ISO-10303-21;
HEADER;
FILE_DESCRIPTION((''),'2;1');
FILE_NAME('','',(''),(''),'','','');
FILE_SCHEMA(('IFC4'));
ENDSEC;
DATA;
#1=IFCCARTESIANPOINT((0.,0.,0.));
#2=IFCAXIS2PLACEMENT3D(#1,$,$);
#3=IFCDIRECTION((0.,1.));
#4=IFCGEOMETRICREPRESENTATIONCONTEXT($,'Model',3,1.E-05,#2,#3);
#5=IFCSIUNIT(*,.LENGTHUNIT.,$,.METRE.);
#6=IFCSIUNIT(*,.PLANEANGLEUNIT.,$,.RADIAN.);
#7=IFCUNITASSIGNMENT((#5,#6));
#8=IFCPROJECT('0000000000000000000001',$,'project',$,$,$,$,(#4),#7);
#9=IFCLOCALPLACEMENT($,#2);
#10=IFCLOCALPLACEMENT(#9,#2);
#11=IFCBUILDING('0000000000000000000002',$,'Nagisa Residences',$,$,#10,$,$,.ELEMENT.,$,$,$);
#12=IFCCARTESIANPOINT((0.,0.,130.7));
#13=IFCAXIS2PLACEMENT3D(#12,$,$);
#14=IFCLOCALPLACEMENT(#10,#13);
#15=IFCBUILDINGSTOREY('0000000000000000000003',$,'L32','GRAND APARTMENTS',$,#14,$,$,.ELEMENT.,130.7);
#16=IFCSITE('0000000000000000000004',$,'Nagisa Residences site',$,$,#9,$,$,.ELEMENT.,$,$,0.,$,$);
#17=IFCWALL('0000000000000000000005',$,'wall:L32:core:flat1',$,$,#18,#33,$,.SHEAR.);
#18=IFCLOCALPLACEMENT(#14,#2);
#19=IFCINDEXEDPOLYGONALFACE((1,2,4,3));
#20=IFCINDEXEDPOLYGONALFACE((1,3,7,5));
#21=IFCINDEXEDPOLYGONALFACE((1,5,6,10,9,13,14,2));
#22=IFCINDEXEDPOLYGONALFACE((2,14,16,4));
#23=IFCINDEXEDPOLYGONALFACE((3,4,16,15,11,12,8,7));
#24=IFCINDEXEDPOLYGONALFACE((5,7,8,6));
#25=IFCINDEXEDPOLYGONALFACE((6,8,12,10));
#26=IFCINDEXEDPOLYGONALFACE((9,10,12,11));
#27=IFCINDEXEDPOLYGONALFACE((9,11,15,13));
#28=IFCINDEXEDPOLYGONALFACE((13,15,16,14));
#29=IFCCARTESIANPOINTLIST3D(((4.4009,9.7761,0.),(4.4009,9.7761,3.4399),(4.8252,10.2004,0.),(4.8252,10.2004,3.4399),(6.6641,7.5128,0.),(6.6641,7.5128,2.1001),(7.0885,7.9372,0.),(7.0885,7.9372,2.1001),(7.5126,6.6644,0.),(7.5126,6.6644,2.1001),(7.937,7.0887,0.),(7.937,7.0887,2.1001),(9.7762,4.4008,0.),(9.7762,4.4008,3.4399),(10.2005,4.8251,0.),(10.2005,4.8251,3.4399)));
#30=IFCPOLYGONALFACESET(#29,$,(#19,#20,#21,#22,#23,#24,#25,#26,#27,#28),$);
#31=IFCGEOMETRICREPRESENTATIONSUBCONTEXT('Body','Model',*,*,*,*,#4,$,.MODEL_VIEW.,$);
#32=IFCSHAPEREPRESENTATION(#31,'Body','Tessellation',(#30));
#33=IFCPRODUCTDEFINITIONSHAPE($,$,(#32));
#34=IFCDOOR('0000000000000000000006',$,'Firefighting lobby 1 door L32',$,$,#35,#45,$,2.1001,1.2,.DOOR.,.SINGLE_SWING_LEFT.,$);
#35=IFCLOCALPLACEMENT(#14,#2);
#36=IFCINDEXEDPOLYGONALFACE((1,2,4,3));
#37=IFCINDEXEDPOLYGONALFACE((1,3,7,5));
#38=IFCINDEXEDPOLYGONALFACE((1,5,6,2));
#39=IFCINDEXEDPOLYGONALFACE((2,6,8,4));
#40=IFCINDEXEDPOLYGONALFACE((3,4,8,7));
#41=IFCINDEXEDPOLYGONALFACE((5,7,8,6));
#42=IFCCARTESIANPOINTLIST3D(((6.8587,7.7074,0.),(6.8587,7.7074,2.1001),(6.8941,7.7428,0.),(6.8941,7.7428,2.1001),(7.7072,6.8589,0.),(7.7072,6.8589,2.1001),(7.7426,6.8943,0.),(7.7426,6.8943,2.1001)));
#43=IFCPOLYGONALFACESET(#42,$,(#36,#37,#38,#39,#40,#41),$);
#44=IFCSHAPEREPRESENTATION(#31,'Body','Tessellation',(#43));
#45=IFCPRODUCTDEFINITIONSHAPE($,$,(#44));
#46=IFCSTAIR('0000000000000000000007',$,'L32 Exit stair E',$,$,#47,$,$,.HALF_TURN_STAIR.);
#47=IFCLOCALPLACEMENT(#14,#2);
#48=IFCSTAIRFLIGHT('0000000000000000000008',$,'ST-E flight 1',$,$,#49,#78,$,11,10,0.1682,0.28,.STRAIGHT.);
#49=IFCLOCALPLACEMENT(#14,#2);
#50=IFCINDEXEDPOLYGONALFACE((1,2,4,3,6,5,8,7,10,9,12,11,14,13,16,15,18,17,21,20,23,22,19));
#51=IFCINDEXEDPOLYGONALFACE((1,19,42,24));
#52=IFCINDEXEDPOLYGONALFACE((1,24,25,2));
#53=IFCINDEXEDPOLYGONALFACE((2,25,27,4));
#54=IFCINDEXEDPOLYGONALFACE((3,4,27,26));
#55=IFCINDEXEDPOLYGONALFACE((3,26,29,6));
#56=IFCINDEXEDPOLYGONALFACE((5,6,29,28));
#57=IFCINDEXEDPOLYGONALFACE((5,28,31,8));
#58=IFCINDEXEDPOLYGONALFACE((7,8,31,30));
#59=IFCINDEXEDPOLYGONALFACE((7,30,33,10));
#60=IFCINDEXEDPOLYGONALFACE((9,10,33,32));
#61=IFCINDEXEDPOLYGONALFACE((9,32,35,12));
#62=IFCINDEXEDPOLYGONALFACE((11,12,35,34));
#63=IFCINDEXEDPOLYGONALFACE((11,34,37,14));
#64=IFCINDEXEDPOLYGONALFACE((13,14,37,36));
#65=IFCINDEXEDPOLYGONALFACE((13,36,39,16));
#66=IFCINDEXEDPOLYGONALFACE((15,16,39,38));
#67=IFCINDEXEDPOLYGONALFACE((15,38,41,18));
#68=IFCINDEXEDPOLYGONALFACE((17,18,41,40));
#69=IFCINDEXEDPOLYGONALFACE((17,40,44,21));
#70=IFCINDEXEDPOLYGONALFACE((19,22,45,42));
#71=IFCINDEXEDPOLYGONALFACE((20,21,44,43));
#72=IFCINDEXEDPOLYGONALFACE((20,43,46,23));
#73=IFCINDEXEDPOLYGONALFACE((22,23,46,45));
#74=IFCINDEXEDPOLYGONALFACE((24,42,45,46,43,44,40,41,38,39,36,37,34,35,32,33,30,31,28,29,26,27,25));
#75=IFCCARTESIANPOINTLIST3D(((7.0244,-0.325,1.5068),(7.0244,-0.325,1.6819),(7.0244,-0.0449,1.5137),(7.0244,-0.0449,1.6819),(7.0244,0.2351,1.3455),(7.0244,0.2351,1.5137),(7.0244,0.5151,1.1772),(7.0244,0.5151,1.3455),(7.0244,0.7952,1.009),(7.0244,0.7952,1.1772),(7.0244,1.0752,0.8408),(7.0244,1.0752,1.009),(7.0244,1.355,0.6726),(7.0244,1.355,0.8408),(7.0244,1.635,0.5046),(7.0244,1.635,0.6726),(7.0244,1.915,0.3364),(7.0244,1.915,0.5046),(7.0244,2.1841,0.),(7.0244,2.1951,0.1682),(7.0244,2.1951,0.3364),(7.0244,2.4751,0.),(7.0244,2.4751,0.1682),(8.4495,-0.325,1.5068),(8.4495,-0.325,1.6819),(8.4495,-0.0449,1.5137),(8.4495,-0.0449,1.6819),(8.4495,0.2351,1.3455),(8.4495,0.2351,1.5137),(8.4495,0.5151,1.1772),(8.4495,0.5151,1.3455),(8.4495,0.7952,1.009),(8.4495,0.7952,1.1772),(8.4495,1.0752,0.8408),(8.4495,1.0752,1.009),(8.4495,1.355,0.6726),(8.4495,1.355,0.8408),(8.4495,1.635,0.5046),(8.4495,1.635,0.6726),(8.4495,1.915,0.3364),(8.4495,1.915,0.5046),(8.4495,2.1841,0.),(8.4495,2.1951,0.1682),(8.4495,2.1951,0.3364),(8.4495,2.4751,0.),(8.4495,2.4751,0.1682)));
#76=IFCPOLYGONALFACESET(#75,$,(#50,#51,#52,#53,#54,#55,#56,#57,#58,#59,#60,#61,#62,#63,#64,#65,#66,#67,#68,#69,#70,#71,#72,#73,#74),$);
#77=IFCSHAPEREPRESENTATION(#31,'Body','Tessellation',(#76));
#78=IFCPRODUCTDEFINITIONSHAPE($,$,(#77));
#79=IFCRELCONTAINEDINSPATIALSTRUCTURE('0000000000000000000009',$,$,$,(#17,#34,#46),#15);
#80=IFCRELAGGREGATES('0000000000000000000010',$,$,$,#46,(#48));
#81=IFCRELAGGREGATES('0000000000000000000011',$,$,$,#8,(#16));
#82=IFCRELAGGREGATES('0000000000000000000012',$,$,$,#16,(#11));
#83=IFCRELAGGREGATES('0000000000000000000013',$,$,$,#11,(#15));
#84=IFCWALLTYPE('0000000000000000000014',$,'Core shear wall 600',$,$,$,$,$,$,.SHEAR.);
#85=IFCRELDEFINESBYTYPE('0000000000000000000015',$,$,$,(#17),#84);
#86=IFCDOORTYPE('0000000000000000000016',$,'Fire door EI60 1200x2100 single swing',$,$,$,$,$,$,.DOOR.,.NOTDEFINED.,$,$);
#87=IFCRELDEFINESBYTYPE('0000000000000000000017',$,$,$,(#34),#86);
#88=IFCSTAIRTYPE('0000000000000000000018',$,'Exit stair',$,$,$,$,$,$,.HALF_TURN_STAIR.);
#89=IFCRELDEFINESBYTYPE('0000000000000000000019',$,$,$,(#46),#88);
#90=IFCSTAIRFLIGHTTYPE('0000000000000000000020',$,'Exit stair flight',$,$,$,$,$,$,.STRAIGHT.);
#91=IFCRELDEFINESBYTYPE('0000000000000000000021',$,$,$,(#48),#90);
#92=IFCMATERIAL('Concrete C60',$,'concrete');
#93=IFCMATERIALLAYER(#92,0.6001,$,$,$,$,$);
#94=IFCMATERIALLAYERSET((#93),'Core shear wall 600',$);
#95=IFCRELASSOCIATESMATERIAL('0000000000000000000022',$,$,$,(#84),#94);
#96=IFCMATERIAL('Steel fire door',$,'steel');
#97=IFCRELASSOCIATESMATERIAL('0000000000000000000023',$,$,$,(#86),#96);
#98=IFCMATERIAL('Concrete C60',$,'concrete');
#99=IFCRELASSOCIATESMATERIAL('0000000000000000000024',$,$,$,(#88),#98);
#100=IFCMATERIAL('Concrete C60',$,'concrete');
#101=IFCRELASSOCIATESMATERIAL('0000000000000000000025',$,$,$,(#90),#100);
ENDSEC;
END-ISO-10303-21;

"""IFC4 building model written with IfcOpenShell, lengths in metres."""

from ifc_helpers import new_model, si_unit, direction, frame, frame_2d, origin, place, context, subcontext, project, spatial, polyline, rectangle, outline, extrude, material, layer, layer_set, type_object, element, fill, aggregate, save


model = new_model("IFC4")

# Units and contexts
model_context = context("Model", 3, precision=1e-05, world=origin(), true_north=direction((0.0, 1.0)))
body_context = subcontext(model_context, "Body", "Model", "MODEL_VIEW")
ifc_project = project(units=[si_unit("LENGTHUNIT", "METRE"), si_unit("PLANEANGLEUNIT", "RADIAN")], contexts=[model_context])

# Site, building, storey
site_placement = place(None, origin())
site = spatial("IfcSite", under=ifc_project, at=site_placement, Name="Nagisa Residences site", CompositionType="ELEMENT", RefElevation=0.0)
building_placement = place(site_placement, origin())
building = spatial("IfcBuilding", under=site, at=building_placement, Name="Nagisa Residences", CompositionType="ELEMENT")
storey_placement = place(building_placement, frame((0.0, 0.0, 130.7)))
storey = spatial("IfcBuildingStorey", under=building, at=storey_placement, Name="L32", Description="GRAND APARTMENTS", CompositionType="ELEMENT", Elevation=130.7)

# Wall, opening, door
ifc_material_1 = material(Name="Concrete C60", Category="concrete")
ifc_layer_1 = layer(ifc_material_1, 0.6001)
ifc_layer_set_1 = layer_set([ifc_layer_1], Name="Core shear wall 600")
wall_type_1 = type_object("IfcWallType", Name="Core shear wall 600", PredefinedType="SHEAR", material=ifc_layer_set_1)
wall_1_placement = place(storey_placement, frame((9.9883, 4.613, 0.0), z_axis=(0.0, 0.0, 1.0), x_axis=(-0.707107, 0.707107, 0.0)))
wall_1 = element("IfcWall", 1, at=wall_1_placement, inside=storey, type_object=wall_type_1, Name="wall:L32:core:flat1", PredefinedType="SHEAR", context=body_context, shape_type="SweptSolid", body=[
    extrude(rectangle(XDim=7.6018, YDim=0.6001, at=frame_2d((3.8008, 0.0))), origin(), (0.0, 0.0, 1.0), 3.4399),
])
opening_1_placement = place(wall_1_placement, frame((3.2009, 0.0, 0.0)))
opening_1 = element("IfcOpeningElement", 2, at=opening_1_placement, cuts=wall_1, PredefinedType="OPENING", context=body_context, shape_type="SweptSolid", body=[
    extrude(rectangle(XDim=1.2, YDim=2.1001, at=frame_2d((0.6001, 1.05))), frame((0.0, 0.3101, 0.0), z_axis=(0.0, -1.0, 0.0), x_axis=(1.0, 0.0, 0.0)), (0.0, 0.0, 1.0), 0.6201),
])
ifc_material_2 = material(Name="Steel fire door", Category="steel")
door_type_1 = type_object("IfcDoorType", Name="Fire door EI60 1200x2100 single swing", OperationType="NOTDEFINED", PredefinedType="DOOR", material=ifc_material_2)
door_1_placement = place(opening_1_placement, origin())
door_1 = element("IfcDoor", 3, at=door_1_placement, inside=storey, type_object=door_type_1, Name="Firefighting lobby 1 door L32", OperationType="SINGLE_SWING_LEFT", OverallHeight=2.1001, OverallWidth=1.2, PredefinedType="DOOR", context=body_context, shape_type="SweptSolid", body=[
    extrude(rectangle(XDim=1.2, YDim=2.1001, at=frame_2d((0.6001, 1.05))), frame((0.0, 0.0249, 0.0), z_axis=(0.0, -1.0, 0.0), x_axis=(1.0, 0.0, 0.0)), (0.0, 0.0, 1.0), 0.05),
])
fill(opening_1, door_1)

# Stair, stair flight
ifc_material_3 = material(Name="Concrete C60", Category="concrete")
stair_type = type_object("IfcStairType", Name="Exit stair", PredefinedType="HALF_TURN_STAIR", material=ifc_material_3)
stair_placement = place(storey_placement, origin())
stair = element("IfcStair", 4, at=stair_placement, inside=storey, type_object=stair_type, Name="L32 Exit stair E", PredefinedType="HALF_TURN_STAIR")
ifc_material_4 = material(Name="Concrete C60", Category="concrete")
stair_flight_type = type_object("IfcStairFlightType", Name="Exit stair flight", PredefinedType="STRAIGHT", material=ifc_material_4)
stair_flight_placement = place(storey_placement, frame((7.7371, 2.4751, 0.0), z_axis=(0.0, 0.0, 1.0), x_axis=(0.0, -1.0, 0.0)))
stair_flight = element("IfcStairFlight", 5, at=stair_flight_placement, type_object=stair_flight_type, Name="ST-E flight 1", NumberOfRisers=11, NumberOfTreads=10, PredefinedType="STRAIGHT", RiserHeight=0.1682, TreadLength=0.28, context=body_context, shape_type="SweptSolid", body=[
    extrude(outline(polyline([(0.0, 0.0), (0.0, 0.1682), (0.28, 0.1682), (0.28, 0.3364), (0.5601, 0.3364), (0.5601, 0.5046), (0.8401, 0.5046), (0.8401, 0.6726), (1.1201, 0.6726), (1.1201, 0.8408), (1.3999, 0.8408), (1.3999, 1.009), (1.6799, 1.009), (1.6799, 1.1772), (1.96, 1.1772), (1.96, 1.3455), (2.24, 1.3455), (2.24, 1.5137), (2.52, 1.5137), (2.52, 1.6819), (2.8, 1.6819), (2.8, 1.8501), (2.8, 1.5068), (0.291, 0.0), (0.0, 0.0)])), frame((0.0, 0.7124, 0.0), z_axis=(0.0, -1.0, 0.0), x_axis=(1.0, 0.0, 0.0)), (0.0, 0.0, 1.0), 1.425),
])
aggregate(stair, [stair_flight])

save(model, "model.ifc")
